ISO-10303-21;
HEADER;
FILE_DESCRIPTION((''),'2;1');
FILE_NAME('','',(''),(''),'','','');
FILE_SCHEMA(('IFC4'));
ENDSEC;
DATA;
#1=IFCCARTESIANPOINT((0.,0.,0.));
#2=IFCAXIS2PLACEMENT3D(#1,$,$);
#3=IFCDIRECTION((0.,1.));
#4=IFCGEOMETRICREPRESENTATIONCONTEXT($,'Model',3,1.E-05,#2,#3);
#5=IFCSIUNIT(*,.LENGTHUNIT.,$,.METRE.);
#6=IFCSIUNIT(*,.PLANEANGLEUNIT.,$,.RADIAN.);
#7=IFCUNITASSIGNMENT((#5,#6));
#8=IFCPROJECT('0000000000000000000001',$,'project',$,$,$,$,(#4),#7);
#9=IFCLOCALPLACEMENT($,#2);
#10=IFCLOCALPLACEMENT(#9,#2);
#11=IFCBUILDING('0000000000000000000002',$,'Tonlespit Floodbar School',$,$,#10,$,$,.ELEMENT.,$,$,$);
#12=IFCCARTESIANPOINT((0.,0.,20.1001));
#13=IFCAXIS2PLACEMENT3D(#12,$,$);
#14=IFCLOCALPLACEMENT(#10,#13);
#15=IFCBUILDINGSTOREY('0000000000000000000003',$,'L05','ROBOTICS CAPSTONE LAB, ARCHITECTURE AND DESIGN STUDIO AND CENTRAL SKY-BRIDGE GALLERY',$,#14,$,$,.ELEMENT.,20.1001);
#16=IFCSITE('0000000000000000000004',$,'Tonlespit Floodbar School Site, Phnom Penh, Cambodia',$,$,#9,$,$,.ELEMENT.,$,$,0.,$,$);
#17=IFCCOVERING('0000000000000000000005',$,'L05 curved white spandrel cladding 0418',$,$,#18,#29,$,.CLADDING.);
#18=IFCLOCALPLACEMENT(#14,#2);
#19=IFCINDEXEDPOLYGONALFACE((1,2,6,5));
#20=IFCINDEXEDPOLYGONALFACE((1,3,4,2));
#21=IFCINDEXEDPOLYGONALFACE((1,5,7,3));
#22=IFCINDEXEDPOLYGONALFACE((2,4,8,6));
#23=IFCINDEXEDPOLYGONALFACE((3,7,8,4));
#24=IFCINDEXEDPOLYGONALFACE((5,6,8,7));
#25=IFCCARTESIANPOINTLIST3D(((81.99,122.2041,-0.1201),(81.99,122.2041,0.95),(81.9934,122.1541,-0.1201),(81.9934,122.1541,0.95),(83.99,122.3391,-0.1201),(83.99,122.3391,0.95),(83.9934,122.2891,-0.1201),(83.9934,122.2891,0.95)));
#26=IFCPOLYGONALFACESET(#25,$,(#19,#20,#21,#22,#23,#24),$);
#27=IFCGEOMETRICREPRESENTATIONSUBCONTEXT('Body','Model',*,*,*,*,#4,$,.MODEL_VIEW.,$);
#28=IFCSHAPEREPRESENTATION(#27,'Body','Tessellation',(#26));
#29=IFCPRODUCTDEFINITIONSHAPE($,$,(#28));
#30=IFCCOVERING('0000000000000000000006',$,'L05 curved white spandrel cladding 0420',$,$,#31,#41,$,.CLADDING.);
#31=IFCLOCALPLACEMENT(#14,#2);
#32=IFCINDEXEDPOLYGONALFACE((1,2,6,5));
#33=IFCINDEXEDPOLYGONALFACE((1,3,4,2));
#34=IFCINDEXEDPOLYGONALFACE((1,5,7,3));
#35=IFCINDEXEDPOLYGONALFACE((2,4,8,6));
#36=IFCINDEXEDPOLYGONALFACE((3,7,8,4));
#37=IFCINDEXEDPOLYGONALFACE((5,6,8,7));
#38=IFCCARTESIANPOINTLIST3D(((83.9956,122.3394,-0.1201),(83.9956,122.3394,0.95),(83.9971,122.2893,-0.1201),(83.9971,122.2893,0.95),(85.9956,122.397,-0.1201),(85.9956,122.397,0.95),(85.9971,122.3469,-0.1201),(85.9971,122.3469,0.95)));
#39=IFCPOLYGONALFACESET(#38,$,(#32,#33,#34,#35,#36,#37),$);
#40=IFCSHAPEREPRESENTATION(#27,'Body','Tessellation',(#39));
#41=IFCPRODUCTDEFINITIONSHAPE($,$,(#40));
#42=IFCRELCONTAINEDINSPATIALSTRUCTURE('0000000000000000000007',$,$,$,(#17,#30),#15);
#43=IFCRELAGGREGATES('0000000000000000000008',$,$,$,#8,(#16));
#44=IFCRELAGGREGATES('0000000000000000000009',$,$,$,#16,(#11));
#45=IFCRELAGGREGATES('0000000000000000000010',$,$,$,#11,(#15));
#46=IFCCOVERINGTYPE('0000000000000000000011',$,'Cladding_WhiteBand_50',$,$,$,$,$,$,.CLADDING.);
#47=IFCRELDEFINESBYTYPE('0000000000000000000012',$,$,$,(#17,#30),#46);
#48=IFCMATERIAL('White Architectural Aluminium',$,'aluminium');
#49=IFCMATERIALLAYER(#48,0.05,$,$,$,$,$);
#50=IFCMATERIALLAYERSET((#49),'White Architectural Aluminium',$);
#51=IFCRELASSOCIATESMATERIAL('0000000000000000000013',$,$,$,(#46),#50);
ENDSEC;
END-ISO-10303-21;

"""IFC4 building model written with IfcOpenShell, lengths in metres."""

from ifc_helpers import new_model, si_unit, direction, frame, origin, place, context, subcontext, project, spatial, polyline, outline, extrude, material, layer, layer_set, type_object, element, save


model = new_model("IFC4")

# Units and contexts
model_context = context("Model", 3, precision=1e-05, world=origin(), true_north=direction((0.0, 1.0)))
body_context = subcontext(model_context, "Body", "Model", "MODEL_VIEW")
ifc_project = project(units=[si_unit("LENGTHUNIT", "METRE"), si_unit("PLANEANGLEUNIT", "RADIAN")], contexts=[model_context])

# Site, building, storey
site_placement = place(None, origin())
site = spatial("IfcSite", under=ifc_project, at=site_placement, Name="Tonlespit Floodbar School Site, Phnom Penh, Cambodia", CompositionType="ELEMENT", RefElevation=0.0)
building_placement = place(site_placement, origin())
building = spatial("IfcBuilding", under=site, at=building_placement, Name="Tonlespit Floodbar School", CompositionType="ELEMENT")
storey_placement = place(building_placement, frame((0.0, 0.0, 20.1001)))
storey = spatial("IfcBuildingStorey", under=building, at=storey_placement, Name="L05", Description="ROBOTICS CAPSTONE LAB, ARCHITECTURE AND DESIGN STUDIO AND CENTRAL SKY-BRIDGE GALLERY", CompositionType="ELEMENT", Elevation=20.1001)

# Coverings
ifc_material_1 = material(Name="White Architectural Aluminium", Category="aluminium")
ifc_layer_1 = layer(ifc_material_1, 0.05)
ifc_layer_set_1 = layer_set([ifc_layer_1], Name="White Architectural Aluminium")
covering_type = type_object("IfcCoveringType", Name="Cladding_WhiteBand_50", PredefinedType="CLADDING", material=ifc_layer_set_1)
covering_1_placement = place(storey_placement, frame((0.0, 0.0, -0.1201)))
element("IfcCovering", 1, at=covering_1_placement, inside=storey, type_object=covering_type, Name="L05 curved white spandrel cladding 0418", PredefinedType="CLADDING", context=body_context, shape_type="SweptSolid", body=[
    extrude(outline(polyline([(81.9934, 122.1541), (83.9934, 122.2891), (83.99, 122.3391), (81.99, 122.2041), (81.9934, 122.1541)])), origin(), (0.0, 0.0, 1.0), 1.0701),
])
covering_2_placement = place(storey_placement, frame((0.0, 0.0, -0.1201)))
element("IfcCovering", 2, at=covering_2_placement, inside=storey, type_object=covering_type, Name="L05 curved white spandrel cladding 0420", PredefinedType="CLADDING", context=body_context, shape_type="SweptSolid", body=[
    extrude(outline(polyline([(83.9971, 122.2893), (85.9971, 122.3469), (85.9956, 122.397), (83.9956, 122.3394), (83.9971, 122.2893)])), origin(), (0.0, 0.0, 1.0), 1.0701),
])

save(model, "model.ifc")
